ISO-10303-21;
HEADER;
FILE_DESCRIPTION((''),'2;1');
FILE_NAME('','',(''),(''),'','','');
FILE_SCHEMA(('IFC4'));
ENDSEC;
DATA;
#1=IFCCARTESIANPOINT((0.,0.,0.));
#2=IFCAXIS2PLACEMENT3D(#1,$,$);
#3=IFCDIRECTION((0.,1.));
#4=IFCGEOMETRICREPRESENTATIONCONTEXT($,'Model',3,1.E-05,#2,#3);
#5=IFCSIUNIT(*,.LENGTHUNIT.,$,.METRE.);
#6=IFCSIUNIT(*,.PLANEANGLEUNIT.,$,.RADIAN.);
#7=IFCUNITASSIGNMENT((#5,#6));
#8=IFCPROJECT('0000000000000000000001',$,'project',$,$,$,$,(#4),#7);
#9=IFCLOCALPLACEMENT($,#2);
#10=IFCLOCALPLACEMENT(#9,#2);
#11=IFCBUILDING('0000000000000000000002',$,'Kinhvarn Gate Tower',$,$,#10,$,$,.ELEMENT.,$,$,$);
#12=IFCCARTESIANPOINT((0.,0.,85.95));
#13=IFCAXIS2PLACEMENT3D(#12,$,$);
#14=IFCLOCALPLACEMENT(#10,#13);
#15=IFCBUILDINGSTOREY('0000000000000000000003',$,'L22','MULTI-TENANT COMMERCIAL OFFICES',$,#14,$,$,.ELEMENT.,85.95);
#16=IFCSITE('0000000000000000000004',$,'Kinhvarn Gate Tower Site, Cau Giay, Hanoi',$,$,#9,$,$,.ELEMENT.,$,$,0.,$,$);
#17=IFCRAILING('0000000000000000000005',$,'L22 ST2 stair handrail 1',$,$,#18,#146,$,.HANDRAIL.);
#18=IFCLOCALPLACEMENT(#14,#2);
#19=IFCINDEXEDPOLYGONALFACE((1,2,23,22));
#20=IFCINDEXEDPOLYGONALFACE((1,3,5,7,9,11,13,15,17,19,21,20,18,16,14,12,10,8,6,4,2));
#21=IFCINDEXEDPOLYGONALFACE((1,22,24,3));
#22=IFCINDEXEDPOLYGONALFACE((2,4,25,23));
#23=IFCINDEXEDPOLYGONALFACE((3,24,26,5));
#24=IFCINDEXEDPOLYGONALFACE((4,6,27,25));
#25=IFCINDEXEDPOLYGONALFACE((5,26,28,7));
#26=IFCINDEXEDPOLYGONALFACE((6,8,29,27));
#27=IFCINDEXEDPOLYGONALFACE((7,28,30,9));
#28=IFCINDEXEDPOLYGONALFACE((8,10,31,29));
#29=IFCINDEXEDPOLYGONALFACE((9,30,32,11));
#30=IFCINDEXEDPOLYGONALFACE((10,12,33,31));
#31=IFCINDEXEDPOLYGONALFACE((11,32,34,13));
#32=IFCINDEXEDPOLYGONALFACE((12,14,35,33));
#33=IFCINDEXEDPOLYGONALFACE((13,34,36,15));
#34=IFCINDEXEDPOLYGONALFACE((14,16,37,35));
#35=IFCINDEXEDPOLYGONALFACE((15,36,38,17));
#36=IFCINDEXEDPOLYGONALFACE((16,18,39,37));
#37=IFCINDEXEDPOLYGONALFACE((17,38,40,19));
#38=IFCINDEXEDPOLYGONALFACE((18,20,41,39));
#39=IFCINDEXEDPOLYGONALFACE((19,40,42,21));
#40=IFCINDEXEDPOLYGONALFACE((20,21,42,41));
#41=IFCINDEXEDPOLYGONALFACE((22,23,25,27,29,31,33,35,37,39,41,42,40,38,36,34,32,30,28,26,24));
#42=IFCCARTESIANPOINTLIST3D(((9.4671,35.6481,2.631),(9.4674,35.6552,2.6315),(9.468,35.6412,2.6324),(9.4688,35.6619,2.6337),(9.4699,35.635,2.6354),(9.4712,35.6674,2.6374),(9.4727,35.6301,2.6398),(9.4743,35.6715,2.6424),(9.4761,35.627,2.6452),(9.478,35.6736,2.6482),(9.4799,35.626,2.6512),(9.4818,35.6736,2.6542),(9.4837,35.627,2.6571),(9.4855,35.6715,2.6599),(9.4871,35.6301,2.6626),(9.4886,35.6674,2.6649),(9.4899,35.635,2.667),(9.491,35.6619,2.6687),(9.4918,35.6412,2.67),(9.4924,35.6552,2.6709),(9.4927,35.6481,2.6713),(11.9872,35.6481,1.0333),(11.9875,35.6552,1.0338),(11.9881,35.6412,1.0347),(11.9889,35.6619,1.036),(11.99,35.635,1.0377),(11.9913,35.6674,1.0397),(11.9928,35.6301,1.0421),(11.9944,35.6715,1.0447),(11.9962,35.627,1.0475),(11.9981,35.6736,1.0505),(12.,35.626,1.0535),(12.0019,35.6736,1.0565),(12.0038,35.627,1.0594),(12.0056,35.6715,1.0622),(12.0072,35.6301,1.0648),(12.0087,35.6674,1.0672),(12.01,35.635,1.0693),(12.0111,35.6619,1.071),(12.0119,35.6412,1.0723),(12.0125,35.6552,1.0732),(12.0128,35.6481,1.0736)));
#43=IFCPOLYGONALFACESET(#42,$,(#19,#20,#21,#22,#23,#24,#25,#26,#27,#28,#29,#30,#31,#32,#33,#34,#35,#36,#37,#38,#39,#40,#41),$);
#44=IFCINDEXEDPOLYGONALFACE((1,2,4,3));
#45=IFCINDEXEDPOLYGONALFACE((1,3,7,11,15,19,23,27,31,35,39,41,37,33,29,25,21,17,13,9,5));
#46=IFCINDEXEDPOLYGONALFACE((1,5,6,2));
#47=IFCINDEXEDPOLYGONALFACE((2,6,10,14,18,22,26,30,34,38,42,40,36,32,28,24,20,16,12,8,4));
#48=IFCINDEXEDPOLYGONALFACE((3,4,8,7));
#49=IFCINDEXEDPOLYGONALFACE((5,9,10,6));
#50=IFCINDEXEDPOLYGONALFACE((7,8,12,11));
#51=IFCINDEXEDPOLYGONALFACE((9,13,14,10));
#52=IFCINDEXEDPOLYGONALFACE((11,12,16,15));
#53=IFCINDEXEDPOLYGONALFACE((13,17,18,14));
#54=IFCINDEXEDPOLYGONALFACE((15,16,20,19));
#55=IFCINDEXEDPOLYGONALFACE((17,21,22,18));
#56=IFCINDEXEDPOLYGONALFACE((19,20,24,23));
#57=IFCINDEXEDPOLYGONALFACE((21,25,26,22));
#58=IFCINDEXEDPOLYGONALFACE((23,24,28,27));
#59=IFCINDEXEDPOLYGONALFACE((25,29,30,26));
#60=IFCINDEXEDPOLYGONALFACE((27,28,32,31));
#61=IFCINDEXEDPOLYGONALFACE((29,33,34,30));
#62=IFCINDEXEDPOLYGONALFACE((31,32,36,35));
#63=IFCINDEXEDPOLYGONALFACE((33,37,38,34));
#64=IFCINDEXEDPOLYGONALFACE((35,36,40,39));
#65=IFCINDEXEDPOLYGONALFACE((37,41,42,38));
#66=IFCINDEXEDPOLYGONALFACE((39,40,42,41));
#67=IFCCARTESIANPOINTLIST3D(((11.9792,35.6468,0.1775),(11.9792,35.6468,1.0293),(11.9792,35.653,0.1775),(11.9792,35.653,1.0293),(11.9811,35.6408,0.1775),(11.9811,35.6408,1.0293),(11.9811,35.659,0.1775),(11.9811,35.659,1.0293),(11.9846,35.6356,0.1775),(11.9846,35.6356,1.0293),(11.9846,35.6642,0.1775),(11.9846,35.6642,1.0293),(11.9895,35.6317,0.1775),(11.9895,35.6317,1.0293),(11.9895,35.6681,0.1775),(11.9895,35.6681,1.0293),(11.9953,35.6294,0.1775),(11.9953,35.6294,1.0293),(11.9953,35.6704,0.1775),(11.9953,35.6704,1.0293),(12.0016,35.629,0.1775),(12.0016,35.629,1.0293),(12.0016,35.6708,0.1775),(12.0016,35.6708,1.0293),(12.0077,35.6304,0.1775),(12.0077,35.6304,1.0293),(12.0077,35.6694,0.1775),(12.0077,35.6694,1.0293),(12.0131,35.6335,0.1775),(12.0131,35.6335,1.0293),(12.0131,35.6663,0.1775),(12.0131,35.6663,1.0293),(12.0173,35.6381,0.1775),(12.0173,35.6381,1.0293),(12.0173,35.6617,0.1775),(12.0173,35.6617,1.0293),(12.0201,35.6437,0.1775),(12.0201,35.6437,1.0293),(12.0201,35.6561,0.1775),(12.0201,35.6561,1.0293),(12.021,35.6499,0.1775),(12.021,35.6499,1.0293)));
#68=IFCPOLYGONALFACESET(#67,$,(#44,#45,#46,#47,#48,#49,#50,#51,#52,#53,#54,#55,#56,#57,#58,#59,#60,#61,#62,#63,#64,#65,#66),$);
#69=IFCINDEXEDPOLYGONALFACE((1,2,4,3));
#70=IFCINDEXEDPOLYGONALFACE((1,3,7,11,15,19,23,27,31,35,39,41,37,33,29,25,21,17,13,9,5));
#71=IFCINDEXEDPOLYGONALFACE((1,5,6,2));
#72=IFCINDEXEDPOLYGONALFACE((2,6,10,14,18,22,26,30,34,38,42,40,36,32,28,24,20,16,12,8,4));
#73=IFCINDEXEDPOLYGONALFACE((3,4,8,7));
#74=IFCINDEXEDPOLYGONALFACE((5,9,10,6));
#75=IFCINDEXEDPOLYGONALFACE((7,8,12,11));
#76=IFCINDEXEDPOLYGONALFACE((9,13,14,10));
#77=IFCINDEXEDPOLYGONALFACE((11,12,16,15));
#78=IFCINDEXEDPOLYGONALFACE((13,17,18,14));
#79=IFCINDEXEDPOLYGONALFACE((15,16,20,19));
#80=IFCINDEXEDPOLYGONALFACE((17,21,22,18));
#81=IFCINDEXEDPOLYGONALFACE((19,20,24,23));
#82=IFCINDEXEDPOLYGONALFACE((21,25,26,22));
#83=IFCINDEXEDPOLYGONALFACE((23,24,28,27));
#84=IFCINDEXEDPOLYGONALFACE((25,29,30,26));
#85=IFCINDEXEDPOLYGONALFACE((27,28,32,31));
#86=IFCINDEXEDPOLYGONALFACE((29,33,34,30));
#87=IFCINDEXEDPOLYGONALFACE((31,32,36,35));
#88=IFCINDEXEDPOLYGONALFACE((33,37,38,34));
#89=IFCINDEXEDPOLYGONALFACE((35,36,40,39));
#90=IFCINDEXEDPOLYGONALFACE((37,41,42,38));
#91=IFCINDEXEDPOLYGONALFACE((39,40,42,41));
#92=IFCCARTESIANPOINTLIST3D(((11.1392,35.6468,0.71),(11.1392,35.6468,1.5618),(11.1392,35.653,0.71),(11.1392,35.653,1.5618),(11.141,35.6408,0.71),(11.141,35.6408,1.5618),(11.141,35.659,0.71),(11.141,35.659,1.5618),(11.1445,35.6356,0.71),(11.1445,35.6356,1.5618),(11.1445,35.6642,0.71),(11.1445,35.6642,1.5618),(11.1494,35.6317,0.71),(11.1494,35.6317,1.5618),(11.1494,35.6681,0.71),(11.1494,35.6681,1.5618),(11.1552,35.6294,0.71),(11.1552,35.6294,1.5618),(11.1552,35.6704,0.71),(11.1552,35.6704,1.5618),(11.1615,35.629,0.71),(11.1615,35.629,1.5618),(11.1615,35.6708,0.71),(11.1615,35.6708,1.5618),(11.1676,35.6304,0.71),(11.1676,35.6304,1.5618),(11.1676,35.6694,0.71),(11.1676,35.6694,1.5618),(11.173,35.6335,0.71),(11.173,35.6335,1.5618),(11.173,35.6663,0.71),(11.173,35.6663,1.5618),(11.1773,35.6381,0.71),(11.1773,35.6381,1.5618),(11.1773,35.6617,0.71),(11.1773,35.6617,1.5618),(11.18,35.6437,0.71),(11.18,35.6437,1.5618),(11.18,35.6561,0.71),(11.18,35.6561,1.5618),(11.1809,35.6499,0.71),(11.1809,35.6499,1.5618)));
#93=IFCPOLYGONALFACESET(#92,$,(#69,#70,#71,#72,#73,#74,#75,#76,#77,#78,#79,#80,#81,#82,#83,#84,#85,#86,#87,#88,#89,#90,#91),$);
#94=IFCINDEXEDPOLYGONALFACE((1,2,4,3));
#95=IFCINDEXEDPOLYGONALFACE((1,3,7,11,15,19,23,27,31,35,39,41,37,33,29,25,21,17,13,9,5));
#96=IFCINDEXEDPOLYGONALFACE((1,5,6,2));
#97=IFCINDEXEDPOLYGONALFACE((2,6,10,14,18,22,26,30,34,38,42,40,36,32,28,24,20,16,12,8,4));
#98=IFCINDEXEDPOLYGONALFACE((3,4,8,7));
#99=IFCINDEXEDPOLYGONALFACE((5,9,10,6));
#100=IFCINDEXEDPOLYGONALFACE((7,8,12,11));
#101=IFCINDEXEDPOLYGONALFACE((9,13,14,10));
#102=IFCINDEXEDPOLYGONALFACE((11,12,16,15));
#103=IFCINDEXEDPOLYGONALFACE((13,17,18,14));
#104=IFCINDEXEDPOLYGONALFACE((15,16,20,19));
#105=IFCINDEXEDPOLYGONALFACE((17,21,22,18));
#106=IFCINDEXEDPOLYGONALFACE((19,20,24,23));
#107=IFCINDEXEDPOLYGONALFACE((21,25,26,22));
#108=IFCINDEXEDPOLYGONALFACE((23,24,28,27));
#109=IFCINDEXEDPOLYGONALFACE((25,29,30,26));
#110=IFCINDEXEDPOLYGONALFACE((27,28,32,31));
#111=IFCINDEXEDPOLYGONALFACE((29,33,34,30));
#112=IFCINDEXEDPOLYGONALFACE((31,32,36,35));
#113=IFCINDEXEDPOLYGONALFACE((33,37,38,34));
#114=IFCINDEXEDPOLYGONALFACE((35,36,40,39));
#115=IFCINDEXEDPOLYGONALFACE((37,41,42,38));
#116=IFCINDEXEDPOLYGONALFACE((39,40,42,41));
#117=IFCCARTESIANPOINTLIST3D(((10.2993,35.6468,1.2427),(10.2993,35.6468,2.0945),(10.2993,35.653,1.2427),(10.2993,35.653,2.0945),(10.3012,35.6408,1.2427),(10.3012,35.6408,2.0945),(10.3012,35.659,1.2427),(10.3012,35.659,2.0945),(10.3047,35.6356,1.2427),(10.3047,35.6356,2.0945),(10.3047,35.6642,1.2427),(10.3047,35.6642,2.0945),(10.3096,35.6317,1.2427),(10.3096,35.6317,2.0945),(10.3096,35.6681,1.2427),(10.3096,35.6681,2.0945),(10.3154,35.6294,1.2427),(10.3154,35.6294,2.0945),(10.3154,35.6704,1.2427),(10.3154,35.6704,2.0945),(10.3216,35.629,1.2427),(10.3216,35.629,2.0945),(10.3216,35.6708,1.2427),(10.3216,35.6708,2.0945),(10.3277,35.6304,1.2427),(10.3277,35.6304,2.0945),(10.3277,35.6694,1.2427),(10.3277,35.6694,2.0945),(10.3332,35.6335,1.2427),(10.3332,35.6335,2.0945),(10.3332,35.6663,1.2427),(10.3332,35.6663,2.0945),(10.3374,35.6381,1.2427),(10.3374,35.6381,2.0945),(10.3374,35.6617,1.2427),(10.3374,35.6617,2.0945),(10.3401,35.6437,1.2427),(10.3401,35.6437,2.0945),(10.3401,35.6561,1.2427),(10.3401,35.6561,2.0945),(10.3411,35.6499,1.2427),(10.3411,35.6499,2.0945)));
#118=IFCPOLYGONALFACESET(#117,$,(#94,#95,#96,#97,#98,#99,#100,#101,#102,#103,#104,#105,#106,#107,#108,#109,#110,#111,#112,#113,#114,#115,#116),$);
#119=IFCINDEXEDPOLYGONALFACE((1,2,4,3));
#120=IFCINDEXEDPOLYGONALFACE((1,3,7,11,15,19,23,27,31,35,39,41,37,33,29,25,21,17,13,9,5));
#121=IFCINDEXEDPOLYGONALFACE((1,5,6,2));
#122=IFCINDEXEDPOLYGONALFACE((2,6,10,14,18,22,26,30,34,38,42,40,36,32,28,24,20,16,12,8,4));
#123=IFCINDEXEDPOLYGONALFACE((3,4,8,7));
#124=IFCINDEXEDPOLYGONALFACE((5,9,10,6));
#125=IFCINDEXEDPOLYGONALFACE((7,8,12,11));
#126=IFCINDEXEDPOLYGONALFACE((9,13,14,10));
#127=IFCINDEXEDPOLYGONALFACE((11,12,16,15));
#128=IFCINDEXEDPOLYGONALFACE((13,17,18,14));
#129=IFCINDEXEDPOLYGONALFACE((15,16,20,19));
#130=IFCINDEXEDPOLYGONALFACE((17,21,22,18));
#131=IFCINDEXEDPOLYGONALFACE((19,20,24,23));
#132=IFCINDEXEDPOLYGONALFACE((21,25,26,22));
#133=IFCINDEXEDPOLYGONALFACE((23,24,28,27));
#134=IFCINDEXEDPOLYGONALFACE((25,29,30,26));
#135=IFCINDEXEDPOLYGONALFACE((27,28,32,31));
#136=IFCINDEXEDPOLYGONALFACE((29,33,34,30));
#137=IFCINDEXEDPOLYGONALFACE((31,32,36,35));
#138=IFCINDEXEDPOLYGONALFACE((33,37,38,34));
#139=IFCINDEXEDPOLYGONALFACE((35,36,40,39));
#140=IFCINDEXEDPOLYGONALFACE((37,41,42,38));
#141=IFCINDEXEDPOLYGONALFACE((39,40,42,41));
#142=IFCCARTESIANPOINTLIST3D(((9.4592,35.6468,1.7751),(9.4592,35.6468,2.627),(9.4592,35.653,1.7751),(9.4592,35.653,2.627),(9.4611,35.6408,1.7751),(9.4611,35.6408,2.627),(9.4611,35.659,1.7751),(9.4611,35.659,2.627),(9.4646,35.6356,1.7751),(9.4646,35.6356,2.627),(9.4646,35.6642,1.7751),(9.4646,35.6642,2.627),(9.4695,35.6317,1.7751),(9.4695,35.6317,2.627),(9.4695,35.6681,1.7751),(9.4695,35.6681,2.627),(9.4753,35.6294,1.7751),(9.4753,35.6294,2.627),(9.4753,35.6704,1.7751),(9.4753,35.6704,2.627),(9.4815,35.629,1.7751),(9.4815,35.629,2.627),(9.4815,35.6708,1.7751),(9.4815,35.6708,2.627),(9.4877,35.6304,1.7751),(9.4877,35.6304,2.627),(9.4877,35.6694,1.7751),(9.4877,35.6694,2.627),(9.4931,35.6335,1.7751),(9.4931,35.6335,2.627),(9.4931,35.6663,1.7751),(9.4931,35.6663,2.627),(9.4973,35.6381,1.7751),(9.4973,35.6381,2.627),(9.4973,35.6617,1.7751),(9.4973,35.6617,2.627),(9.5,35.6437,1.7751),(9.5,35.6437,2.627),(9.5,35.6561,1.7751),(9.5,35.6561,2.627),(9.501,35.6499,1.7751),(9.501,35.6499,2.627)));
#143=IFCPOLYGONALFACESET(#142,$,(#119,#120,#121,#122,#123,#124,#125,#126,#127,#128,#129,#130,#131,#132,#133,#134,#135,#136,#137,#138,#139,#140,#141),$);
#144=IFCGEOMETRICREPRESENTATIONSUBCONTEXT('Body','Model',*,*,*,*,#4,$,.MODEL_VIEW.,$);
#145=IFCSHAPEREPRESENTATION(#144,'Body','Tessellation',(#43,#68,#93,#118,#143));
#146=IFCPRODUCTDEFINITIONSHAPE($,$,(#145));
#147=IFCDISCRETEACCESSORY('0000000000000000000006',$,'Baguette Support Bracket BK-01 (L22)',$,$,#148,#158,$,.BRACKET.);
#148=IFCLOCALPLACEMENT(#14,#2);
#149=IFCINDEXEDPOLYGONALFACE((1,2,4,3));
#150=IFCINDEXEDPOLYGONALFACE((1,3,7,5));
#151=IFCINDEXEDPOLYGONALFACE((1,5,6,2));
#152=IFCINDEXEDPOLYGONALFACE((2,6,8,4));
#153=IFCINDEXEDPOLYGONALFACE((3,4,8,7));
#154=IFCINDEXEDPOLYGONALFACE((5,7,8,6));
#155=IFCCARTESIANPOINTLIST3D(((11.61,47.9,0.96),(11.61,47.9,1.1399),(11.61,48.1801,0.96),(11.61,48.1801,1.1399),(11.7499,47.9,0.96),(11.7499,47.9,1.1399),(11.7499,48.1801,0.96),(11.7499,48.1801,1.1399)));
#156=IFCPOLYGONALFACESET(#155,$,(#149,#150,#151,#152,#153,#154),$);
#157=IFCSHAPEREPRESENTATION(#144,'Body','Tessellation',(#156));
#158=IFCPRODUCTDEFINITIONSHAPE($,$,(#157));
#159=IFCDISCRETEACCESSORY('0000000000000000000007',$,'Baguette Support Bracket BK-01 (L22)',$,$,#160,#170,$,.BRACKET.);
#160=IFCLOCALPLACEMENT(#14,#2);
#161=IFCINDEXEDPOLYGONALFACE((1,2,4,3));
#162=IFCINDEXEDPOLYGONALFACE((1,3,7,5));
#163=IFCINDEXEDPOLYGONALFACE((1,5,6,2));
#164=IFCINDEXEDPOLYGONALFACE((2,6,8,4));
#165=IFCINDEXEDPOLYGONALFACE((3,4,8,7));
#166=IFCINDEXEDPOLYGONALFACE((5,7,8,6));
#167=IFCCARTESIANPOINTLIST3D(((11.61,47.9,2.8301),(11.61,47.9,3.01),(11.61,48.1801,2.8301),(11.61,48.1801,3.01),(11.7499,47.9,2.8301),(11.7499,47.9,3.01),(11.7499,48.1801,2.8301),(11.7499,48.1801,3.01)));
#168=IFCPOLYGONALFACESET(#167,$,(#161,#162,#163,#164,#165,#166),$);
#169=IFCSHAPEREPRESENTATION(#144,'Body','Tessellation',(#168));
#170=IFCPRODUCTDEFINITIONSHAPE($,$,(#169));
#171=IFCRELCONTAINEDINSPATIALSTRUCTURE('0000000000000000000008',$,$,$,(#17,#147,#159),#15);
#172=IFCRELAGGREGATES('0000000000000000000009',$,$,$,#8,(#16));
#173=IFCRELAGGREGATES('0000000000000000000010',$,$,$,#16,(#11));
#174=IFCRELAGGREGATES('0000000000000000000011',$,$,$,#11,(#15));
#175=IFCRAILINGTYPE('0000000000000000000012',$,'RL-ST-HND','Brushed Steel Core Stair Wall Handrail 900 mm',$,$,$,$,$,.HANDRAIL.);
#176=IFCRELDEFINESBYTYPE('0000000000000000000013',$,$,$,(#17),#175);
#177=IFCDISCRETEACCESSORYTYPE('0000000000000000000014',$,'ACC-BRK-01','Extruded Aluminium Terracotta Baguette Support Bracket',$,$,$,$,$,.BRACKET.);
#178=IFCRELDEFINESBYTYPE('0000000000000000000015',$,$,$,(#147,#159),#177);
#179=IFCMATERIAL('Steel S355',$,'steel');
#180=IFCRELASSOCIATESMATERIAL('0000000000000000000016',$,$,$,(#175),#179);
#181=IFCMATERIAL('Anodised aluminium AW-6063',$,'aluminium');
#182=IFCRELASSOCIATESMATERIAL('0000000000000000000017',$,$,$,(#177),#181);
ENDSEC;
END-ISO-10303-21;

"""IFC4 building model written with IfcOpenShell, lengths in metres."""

from ifc_helpers import new_model, si_unit, direction, frame, origin, origin_2d, place, context, subcontext, project, spatial, rectangle, circle, extrude, material, type_object, element, save


model = new_model("IFC4")

# Units and contexts
model_context = context("Model", 3, precision=1e-05, world=origin(), true_north=direction((0.0, 1.0)))
body_context = subcontext(model_context, "Body", "Model", "MODEL_VIEW")
ifc_project = project(units=[si_unit("LENGTHUNIT", "METRE"), si_unit("PLANEANGLEUNIT", "RADIAN")], contexts=[model_context])

# Site, building, storey
site_placement = place(None, origin())
site = spatial("IfcSite", under=ifc_project, at=site_placement, Name="Kinhvarn Gate Tower Site, Cau Giay, Hanoi", CompositionType="ELEMENT", RefElevation=0.0)
building_placement = place(site_placement, origin())
building = spatial("IfcBuilding", under=site, at=building_placement, Name="Kinhvarn Gate Tower", CompositionType="ELEMENT")
storey_placement = place(building_placement, frame((0.0, 0.0, 85.95)))
storey = spatial("IfcBuildingStorey", under=building, at=storey_placement, Name="L22", Description="MULTI-TENANT COMMERCIAL OFFICES", CompositionType="ELEMENT", Elevation=85.95)

# Shared definitions
ifc_material_1 = material(Name="Anodised aluminium AW-6063", Category="aluminium")

# Shared definitions
ifc_material_2 = material(Name="Steel S355", Category="steel")

# Railing
railing_type_1 = type_object("IfcRailingType", Name="RL-ST-HND", Description="Brushed Steel Core Stair Wall Handrail 900 mm", PredefinedType="HANDRAIL", material=ifc_material_2)
railing_1_placement = place(storey_placement, frame((12.0, 35.6499, 0.1775)))
element("IfcRailing", 1, at=railing_1_placement, inside=storey, type_object=railing_type_1, Name="L22 ST2 stair handrail 1", PredefinedType="HANDRAIL", context=body_context, shape_type="SweptSolid", body=[
    extrude(circle(Radius=0.0239, at=origin_2d()), frame((0.0, 0.0, 0.876), z_axis=(-0.84457, 0.0, 0.535445), x_axis=(0.0, -1.0, 0.0)), (0.0, 0.0, 1.0), 2.9839),
    extrude(circle(Radius=0.021, at=origin_2d()), origin(), (0.0, 0.0, 1.0), 0.8518),
    extrude(circle(Radius=0.021, at=origin_2d()), frame((-0.8401, 0.0, 0.5325)), (0.0, 0.0, 1.0), 0.8518),
    extrude(circle(Radius=0.021, at=origin_2d()), frame((-1.6799, 0.0, 1.0652)), (0.0, 0.0, 1.0), 0.8518),
    extrude(circle(Radius=0.021, at=origin_2d()), frame((-2.52, 0.0, 1.5977)), (0.0, 0.0, 1.0), 0.8518),
])

# Discrete accessories
discrete_accessory_type = type_object("IfcDiscreteAccessoryType", Name="ACC-BRK-01", Description="Extruded Aluminium Terracotta Baguette Support Bracket", PredefinedType="BRACKET", material=ifc_material_1)
for number, where, z_axis, x_axis, name in (
    (2, (11.6799, 48.04, 0.96), (0.0, 0.0, 1.0), (-1.0, 0.0, 0.0), "Baguette Support Bracket BK-01 (L22)"),
    (3, (11.6799, 48.04, 2.8301), (0.0, 0.0, 1.0), (-1.0, 0.0, 0.0), "Baguette Support Bracket BK-01 (L22)"),
):
    element("IfcDiscreteAccessory", number, at=place(storey_placement, frame(where, z_axis=z_axis, x_axis=x_axis)), inside=storey, type_object=discrete_accessory_type, Name=name, PredefinedType="BRACKET", context=body_context, shape_type="SweptSolid", body=[
        extrude(rectangle(XDim=0.1399, YDim=0.28, at=origin_2d()), origin(), (0.0, 0.0, 1.0), 0.1799),
    ])

save(model, "model.ifc")
